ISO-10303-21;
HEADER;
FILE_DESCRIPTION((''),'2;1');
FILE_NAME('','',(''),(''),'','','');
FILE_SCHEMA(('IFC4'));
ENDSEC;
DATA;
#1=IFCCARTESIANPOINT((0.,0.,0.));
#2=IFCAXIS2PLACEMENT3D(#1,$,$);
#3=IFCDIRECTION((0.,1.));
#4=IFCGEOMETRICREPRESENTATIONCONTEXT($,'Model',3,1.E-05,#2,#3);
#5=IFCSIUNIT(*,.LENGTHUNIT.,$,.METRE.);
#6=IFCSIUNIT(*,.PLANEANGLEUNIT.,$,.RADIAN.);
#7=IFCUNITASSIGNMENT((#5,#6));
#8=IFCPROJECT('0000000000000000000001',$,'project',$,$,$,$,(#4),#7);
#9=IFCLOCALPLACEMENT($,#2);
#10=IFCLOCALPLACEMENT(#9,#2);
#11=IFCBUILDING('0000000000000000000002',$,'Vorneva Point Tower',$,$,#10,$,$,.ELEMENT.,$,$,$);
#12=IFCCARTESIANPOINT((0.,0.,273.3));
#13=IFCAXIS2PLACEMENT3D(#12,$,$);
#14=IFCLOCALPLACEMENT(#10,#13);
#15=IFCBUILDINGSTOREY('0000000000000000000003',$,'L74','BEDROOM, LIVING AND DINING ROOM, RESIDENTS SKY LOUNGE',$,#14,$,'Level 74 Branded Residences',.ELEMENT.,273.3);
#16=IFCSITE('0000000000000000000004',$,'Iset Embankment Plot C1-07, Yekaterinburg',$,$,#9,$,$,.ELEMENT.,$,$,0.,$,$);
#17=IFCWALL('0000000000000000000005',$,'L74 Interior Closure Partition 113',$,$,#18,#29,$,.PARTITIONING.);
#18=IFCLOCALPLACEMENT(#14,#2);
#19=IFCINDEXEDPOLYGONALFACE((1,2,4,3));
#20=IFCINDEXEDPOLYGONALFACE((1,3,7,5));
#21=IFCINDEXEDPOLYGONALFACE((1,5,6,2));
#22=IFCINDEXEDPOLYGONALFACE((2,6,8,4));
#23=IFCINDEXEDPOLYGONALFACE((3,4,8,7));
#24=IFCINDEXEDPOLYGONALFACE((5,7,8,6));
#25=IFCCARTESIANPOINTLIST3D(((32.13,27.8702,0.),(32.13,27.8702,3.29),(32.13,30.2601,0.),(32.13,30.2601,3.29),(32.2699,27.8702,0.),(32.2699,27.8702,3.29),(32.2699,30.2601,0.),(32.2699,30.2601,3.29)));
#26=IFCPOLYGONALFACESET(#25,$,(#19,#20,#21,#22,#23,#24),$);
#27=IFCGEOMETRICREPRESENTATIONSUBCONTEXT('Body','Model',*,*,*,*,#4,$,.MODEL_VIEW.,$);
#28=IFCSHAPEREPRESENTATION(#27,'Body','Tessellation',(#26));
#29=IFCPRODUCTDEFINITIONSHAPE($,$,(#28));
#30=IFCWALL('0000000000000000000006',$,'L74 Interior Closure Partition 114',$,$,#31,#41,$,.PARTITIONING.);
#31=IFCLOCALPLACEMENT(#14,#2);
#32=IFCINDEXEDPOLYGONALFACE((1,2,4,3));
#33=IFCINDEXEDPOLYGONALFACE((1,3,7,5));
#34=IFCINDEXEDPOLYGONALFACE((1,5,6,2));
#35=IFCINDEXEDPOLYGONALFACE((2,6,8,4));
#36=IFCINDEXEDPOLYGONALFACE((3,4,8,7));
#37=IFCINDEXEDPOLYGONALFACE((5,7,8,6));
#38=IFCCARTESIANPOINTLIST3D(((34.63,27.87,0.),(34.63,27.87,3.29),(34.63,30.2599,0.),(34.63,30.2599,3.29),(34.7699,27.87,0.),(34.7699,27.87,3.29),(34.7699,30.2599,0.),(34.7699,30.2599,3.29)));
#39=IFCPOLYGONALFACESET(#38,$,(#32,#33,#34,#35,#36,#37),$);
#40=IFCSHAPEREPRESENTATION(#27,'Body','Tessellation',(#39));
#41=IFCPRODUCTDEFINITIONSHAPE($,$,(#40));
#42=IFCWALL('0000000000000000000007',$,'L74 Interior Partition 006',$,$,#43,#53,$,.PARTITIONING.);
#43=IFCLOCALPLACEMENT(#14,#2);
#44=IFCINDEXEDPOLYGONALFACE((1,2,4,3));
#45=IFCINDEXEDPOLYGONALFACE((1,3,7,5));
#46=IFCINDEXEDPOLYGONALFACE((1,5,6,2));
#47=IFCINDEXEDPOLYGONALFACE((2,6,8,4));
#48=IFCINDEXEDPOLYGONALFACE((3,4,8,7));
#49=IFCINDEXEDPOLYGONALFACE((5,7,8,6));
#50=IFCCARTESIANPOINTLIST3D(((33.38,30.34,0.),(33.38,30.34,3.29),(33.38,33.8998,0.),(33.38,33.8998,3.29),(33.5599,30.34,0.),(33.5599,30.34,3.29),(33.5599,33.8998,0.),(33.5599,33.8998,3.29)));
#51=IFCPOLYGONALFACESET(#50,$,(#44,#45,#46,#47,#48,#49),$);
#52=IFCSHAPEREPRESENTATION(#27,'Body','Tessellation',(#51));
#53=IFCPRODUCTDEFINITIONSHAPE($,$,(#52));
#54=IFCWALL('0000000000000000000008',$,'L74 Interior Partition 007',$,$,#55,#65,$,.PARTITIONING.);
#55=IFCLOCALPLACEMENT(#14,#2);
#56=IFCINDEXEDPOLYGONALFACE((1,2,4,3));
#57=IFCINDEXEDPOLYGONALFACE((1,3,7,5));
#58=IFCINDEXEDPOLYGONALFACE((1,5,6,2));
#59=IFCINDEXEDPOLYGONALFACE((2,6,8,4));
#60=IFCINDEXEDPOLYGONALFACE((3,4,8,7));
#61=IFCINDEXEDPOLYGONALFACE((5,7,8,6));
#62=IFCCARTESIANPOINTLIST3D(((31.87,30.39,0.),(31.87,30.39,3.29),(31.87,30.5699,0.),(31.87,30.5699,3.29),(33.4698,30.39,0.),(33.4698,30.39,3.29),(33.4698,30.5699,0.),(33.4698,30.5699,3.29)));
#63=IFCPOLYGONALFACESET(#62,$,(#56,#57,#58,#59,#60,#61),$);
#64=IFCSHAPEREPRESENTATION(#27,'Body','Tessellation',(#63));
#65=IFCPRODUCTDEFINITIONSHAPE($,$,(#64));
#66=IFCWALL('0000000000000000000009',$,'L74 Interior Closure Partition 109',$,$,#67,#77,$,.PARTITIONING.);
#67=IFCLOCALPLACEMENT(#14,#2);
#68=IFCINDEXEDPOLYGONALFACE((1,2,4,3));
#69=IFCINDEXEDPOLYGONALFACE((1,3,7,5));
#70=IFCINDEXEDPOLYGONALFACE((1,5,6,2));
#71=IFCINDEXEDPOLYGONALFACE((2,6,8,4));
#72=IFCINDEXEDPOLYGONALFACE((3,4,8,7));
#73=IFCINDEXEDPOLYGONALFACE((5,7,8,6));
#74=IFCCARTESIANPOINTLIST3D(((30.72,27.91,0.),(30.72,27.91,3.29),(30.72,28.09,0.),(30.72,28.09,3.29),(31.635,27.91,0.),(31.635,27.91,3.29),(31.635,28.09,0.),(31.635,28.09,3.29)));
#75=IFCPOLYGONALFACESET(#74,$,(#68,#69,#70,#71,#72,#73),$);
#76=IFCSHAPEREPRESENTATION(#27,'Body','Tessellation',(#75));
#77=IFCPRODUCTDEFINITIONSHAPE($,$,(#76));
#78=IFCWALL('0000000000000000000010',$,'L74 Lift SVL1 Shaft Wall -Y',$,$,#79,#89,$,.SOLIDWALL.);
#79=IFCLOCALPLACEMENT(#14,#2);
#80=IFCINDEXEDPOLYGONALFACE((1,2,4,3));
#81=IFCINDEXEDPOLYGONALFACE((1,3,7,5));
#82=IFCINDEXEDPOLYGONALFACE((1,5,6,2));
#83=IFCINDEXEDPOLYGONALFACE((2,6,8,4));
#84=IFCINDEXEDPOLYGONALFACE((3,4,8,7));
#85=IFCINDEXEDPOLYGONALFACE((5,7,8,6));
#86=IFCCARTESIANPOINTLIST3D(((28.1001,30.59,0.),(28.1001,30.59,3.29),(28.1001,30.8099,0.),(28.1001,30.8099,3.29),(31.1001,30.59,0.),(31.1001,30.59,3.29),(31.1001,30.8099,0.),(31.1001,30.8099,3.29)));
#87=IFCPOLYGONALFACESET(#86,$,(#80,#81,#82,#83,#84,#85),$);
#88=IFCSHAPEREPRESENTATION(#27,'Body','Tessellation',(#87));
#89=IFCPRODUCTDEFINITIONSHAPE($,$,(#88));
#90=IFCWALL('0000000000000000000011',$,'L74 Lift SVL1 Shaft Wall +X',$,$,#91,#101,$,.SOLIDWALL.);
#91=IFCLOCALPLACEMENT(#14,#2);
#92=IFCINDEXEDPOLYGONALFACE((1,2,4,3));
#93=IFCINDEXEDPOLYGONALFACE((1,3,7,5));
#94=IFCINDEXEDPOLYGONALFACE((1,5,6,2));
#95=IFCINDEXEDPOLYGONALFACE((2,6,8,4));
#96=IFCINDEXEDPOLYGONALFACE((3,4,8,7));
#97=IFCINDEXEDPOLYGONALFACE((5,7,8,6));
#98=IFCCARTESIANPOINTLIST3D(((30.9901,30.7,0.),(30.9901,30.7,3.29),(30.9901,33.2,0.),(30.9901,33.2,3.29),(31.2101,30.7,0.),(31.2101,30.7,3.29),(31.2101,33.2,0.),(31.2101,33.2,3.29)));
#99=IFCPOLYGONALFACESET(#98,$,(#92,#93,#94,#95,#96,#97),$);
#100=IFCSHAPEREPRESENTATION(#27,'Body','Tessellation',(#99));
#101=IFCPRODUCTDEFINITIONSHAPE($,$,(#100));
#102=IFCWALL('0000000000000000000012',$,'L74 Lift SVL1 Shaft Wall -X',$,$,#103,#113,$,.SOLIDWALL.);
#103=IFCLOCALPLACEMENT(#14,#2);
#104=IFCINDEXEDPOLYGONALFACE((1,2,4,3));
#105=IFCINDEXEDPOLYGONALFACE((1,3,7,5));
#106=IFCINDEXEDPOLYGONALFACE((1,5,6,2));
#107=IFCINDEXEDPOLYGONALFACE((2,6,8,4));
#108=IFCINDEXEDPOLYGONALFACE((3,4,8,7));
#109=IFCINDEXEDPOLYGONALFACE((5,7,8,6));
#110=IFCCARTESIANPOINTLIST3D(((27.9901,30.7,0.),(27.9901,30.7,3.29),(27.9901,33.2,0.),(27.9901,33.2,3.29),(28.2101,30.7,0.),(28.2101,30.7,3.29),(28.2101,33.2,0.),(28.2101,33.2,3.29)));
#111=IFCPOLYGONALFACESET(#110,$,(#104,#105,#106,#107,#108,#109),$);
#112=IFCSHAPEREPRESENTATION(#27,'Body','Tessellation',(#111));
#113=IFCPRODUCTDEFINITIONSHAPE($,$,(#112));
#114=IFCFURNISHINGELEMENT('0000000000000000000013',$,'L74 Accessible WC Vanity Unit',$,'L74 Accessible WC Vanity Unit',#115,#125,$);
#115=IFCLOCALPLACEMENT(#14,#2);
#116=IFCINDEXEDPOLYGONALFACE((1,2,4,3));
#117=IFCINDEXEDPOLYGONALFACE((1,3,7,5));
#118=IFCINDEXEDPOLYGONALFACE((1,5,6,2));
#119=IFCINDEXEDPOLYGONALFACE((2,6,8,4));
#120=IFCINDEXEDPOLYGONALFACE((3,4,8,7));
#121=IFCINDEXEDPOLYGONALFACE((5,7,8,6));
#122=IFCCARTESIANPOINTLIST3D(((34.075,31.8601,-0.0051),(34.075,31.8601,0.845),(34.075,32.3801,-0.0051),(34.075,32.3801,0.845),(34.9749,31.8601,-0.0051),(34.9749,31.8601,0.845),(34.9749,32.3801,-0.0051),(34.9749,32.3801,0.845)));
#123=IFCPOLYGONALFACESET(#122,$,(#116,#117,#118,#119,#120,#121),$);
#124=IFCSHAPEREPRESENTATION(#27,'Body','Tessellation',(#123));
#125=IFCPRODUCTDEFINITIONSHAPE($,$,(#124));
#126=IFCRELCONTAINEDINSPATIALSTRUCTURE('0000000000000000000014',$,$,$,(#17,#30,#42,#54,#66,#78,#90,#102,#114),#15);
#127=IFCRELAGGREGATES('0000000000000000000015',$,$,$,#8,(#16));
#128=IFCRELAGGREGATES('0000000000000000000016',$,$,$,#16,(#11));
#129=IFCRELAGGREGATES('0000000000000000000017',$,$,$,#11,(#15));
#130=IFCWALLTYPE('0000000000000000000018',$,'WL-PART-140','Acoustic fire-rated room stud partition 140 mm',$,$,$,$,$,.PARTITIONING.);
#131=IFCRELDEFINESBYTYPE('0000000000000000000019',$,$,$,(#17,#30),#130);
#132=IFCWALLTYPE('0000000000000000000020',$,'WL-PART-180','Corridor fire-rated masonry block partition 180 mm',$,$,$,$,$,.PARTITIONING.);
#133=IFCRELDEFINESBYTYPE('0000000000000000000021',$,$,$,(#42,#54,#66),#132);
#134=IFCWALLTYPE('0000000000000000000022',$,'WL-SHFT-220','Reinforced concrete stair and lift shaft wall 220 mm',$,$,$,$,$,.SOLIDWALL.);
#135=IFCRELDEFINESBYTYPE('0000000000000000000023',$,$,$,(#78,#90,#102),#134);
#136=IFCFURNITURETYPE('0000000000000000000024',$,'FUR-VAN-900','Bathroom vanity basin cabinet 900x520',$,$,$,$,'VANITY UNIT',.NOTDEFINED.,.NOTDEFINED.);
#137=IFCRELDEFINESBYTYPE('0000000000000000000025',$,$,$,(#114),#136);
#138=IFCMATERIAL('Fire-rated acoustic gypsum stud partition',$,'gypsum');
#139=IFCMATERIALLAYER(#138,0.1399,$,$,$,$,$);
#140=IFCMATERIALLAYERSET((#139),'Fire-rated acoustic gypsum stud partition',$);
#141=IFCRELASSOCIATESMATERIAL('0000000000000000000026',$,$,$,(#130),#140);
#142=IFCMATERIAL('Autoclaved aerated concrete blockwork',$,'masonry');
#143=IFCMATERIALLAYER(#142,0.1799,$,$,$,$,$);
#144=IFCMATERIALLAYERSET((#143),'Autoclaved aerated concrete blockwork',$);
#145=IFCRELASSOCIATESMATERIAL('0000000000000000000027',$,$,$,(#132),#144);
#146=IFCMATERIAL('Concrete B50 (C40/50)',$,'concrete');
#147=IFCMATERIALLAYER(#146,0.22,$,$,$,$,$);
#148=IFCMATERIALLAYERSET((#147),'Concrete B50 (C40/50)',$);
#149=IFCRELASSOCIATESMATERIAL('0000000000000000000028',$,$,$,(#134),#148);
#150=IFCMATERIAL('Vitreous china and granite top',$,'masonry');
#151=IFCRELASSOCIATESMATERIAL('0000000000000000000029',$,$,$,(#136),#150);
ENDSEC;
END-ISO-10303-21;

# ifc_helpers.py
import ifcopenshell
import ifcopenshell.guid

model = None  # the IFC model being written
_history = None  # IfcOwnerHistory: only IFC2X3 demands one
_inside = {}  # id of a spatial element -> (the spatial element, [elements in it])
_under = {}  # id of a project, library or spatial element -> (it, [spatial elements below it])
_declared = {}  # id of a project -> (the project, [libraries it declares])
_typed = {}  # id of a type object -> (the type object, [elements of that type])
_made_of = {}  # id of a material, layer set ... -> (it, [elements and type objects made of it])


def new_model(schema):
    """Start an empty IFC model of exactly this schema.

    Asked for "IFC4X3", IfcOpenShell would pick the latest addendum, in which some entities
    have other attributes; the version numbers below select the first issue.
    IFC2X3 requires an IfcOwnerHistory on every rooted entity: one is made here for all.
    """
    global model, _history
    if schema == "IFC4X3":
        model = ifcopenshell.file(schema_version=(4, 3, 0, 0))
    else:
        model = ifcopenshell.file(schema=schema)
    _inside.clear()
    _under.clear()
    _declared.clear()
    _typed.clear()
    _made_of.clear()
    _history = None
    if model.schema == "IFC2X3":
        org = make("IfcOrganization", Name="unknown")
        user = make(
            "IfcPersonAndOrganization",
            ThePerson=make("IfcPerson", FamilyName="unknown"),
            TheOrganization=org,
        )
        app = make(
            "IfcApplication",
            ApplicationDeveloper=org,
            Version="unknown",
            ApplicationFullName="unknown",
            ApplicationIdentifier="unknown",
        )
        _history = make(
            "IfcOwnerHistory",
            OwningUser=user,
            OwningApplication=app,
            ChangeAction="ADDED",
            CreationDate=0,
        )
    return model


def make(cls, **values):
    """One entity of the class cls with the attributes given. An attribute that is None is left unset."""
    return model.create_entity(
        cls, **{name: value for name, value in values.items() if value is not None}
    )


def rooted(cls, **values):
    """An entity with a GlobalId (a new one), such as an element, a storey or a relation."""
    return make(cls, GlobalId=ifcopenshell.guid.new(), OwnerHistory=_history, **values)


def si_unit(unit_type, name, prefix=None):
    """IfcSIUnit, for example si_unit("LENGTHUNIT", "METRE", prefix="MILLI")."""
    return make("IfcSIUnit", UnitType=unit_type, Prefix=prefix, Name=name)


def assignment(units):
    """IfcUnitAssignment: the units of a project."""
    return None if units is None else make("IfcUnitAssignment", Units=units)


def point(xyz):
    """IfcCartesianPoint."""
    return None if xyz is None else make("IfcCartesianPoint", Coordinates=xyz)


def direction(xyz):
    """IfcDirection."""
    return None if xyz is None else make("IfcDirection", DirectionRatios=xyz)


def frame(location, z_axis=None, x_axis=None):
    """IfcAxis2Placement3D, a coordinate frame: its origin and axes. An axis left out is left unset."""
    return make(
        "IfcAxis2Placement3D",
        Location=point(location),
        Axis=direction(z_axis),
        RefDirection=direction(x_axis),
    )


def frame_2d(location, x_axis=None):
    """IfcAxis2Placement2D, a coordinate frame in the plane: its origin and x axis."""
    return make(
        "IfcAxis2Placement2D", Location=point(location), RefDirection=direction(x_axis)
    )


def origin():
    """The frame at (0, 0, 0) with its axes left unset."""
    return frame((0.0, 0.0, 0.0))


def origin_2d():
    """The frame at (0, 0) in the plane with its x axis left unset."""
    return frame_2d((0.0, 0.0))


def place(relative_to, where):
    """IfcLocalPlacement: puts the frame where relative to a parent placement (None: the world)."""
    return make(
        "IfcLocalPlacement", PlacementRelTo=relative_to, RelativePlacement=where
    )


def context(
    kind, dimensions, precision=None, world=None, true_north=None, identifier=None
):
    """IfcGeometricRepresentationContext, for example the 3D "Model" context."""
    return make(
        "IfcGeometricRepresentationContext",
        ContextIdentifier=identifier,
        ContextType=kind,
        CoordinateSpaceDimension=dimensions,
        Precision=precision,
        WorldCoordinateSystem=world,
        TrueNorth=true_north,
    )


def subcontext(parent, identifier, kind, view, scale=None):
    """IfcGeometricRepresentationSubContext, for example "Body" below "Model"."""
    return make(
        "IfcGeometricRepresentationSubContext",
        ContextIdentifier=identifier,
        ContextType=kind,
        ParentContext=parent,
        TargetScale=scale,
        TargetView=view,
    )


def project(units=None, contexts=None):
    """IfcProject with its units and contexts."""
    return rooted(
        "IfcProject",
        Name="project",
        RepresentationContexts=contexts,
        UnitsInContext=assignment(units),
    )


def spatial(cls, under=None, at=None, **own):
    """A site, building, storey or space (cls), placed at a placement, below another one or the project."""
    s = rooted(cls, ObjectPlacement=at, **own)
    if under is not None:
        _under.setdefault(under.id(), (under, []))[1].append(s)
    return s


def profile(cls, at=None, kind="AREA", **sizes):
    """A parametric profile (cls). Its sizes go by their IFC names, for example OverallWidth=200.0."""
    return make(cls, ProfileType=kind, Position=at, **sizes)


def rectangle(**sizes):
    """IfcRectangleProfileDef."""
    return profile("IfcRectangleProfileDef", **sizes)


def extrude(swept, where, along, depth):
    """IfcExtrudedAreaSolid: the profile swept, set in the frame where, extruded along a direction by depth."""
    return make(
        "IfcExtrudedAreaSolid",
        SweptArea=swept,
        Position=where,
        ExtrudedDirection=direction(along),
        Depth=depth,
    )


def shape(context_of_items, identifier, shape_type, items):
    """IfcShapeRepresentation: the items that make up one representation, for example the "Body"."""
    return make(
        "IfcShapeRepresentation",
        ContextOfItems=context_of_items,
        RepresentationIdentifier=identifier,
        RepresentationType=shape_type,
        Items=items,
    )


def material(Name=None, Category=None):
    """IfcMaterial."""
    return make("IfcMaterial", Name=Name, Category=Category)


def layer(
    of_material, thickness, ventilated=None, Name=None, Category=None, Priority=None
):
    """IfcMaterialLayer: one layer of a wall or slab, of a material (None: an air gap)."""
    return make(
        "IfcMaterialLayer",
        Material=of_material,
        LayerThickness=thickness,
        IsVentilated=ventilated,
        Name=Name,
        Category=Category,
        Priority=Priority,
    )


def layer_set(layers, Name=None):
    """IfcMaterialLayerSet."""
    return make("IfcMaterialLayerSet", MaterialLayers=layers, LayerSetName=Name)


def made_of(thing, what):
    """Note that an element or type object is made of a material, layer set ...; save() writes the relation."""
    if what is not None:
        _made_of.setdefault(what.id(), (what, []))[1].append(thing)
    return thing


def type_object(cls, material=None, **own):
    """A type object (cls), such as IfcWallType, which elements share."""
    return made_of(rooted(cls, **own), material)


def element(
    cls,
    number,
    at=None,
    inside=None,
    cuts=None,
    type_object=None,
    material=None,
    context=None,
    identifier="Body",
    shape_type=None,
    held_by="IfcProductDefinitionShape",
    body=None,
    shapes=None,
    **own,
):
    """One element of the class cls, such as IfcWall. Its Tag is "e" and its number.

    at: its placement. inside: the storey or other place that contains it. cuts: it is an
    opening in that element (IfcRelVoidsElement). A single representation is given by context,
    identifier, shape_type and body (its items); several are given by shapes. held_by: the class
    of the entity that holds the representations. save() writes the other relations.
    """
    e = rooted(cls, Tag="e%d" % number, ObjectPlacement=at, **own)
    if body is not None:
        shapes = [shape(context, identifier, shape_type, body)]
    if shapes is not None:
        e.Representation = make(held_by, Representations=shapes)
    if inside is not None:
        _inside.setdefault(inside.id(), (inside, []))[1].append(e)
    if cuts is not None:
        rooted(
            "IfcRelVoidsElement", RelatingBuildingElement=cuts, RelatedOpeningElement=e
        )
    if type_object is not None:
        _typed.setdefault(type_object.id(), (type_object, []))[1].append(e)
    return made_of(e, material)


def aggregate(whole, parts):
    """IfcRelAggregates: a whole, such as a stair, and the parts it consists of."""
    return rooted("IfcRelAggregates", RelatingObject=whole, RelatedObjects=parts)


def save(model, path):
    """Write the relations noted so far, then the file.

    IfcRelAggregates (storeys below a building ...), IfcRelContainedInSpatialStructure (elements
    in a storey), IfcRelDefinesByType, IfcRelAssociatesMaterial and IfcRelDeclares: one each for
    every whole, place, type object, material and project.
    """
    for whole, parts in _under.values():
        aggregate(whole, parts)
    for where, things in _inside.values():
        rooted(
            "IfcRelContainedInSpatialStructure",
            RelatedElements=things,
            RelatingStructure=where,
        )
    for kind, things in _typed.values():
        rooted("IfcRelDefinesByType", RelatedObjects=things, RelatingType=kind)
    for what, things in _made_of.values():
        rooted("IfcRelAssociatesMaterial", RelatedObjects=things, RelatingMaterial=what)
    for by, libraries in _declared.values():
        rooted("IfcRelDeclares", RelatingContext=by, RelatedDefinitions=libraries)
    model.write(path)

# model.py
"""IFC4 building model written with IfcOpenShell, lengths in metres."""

from ifc_helpers import new_model, si_unit, direction, frame, frame_2d, origin, origin_2d, place, context, subcontext, project, spatial, rectangle, extrude, material, layer, layer_set, type_object, element, save


model = new_model("IFC4")

# Units and contexts
model_context = context("Model", 3, precision=1e-05, world=origin(), true_north=direction((0.0, 1.0)))
body_context = subcontext(model_context, "Body", "Model", "MODEL_VIEW")
ifc_project = project(units=[si_unit("LENGTHUNIT", "METRE"), si_unit("PLANEANGLEUNIT", "RADIAN")], contexts=[model_context])

# Site, building, storey
site_placement = place(None, origin())
site = spatial("IfcSite", under=ifc_project, at=site_placement, Name="Iset Embankment Plot C1-07, Yekaterinburg", CompositionType="ELEMENT", RefElevation=0.0)
building_placement = place(site_placement, origin())
building = spatial("IfcBuilding", under=site, at=building_placement, Name="Vorneva Point Tower", CompositionType="ELEMENT")
storey_placement = place(building_placement, frame((0.0, 0.0, 273.3)))
storey = spatial("IfcBuildingStorey", under=building, at=storey_placement, Name="L74", Description="BEDROOM, LIVING AND DINING ROOM, RESIDENTS SKY LOUNGE", LongName="Level 74 Branded Residences", CompositionType="ELEMENT", Elevation=273.3)

# Shared definitions
ifc_material_1 = material(Name="Concrete B50 (C40/50)", Category="concrete")

# Walls
ifc_material_2 = material(Name="Fire-rated acoustic gypsum stud partition", Category="gypsum")
ifc_layer_1 = layer(ifc_material_2, 0.1399)
ifc_layer_set_1 = layer_set([ifc_layer_1], Name="Fire-rated acoustic gypsum stud partition")
wall_type_1 = type_object("IfcWallType", Name="WL-PART-140", Description="Acoustic fire-rated room stud partition 140 mm", PredefinedType="PARTITIONING", material=ifc_layer_set_1)
for number, where, z_axis, x_axis, name in (
    (1, (32.2, 30.26, 0.0), (0.0, 0.0, 1.0), (0.0, -1.0, 0.0), "L74 Interior Closure Partition 113"),
    (2, (34.7, 27.8701, 0.0), (0.0, 0.0, 1.0), (0.0, 1.0, 0.0), "L74 Interior Closure Partition 114"),
):
    element("IfcWall", number, at=place(storey_placement, frame(where, z_axis=z_axis, x_axis=x_axis)), inside=storey, type_object=wall_type_1, Name=name, PredefinedType="PARTITIONING", context=body_context, shape_type="SweptSolid", body=[
        extrude(rectangle(XDim=2.3899, YDim=0.1399, at=frame_2d((1.1948, 0.0))), origin(), (0.0, 0.0, 1.0), 3.29),
    ])

# Shared definitions
ifc_material_3 = material(Name="Autoclaved aerated concrete blockwork", Category="masonry")
ifc_layer_2 = layer(ifc_material_3, 0.1799)
ifc_layer_set_2 = layer_set([ifc_layer_2], Name="Autoclaved aerated concrete blockwork")
wall_type_2 = type_object("IfcWallType", Name="WL-PART-180", Description="Corridor fire-rated masonry block partition 180 mm", PredefinedType="PARTITIONING", material=ifc_layer_set_2)

# Walls
wall_1_placement = place(storey_placement, frame((33.47, 30.3401, 0.0), z_axis=(0.0, 0.0, 1.0), x_axis=(0.0, 1.0, 0.0)))
element("IfcWall", 3, at=wall_1_placement, inside=storey, type_object=wall_type_2, Name="L74 Interior Partition 006", PredefinedType="PARTITIONING", context=body_context, shape_type="SweptSolid", body=[
    extrude(rectangle(XDim=3.5598, YDim=0.1799, at=frame_2d((1.7798, 0.0))), origin(), (0.0, 0.0, 1.0), 3.29),
])
wall_2_placement = place(storey_placement, frame((31.8701, 30.48, 0.0), z_axis=(0.0, 0.0, 1.0), x_axis=(1.0, 0.0, 0.0)))
element("IfcWall", 4, at=wall_2_placement, inside=storey, type_object=wall_type_2, Name="L74 Interior Partition 007", PredefinedType="PARTITIONING", context=body_context, shape_type="SweptSolid", body=[
    extrude(rectangle(XDim=1.5999, YDim=0.1799, at=frame_2d((0.7998, 0.0))), origin(), (0.0, 0.0, 1.0), 3.29),
])

# Walls
wall_3_placement = place(storey_placement, frame((31.635, 28.0, 0.0), z_axis=(0.0, 0.0, 1.0), x_axis=(-1.0, 0.0, 0.0)))
element("IfcWall", 5, at=wall_3_placement, inside=storey, type_object=wall_type_2, Name="L74 Interior Closure Partition 109", PredefinedType="PARTITIONING", context=body_context, shape_type="SweptSolid", body=[
    extrude(rectangle(XDim=0.915, YDim=0.1799, at=frame_2d((0.4575, 0.0))), origin(), (0.0, 0.0, 1.0), 3.29),
])
ifc_layer_3 = layer(ifc_material_1, 0.22)
ifc_layer_set_3 = layer_set([ifc_layer_3], Name="Concrete B50 (C40/50)")
wall_type_3 = type_object("IfcWallType", Name="WL-SHFT-220", Description="Reinforced concrete stair and lift shaft wall 220 mm", PredefinedType="SOLIDWALL", material=ifc_layer_set_3)
wall_4_placement = place(storey_placement, frame((28.1001, 30.7, 0.0), z_axis=(0.0, 0.0, 1.0), x_axis=(1.0, 0.0, 0.0)))
element("IfcWall", 6, at=wall_4_placement, inside=storey, type_object=wall_type_3, Name="L74 Lift SVL1 Shaft Wall -Y", PredefinedType="SOLIDWALL", context=body_context, shape_type="SweptSolid", body=[
    extrude(rectangle(XDim=3.0, YDim=0.22, at=frame_2d((1.5, 0.0))), origin(), (0.0, 0.0, 1.0), 3.29),
])
for number, where, z_axis, x_axis, name in (
    (7, (31.1001, 30.7, 0.0), (0.0, 0.0, 1.0), (0.0, 1.0, 0.0), "L74 Lift SVL1 Shaft Wall +X"),
    (8, (28.1001, 33.2, 0.0), (0.0, 0.0, 1.0), (0.0, -1.0, 0.0), "L74 Lift SVL1 Shaft Wall -X"),
):
    element("IfcWall", number, at=place(storey_placement, frame(where, z_axis=z_axis, x_axis=x_axis)), inside=storey, type_object=wall_type_3, Name=name, PredefinedType="SOLIDWALL", context=body_context, shape_type="SweptSolid", body=[
        extrude(rectangle(XDim=2.5, YDim=0.22, at=frame_2d((1.25, 0.0))), origin(), (0.0, 0.0, 1.0), 3.29),
    ])

# Furnishing element
ifc_material_4 = material(Name="Vitreous china and granite top", Category="masonry")
furniture_type = type_object("IfcFurnitureType", Name="FUR-VAN-900", Description="Bathroom vanity basin cabinet 900x520", ElementType="VANITY UNIT", AssemblyPlace="NOTDEFINED", PredefinedType="NOTDEFINED", material=ifc_material_4)
furnishing_placement = place(storey_placement, frame((34.5249, 32.1201, -0.0051), z_axis=(0.0, 0.0, 1.0), x_axis=(1.0, 0.0, 0.0)))
element("IfcFurnishingElement", 9, at=furnishing_placement, inside=storey, type_object=furniture_type, Name="L74 Accessible WC Vanity Unit", ObjectType="L74 Accessible WC Vanity Unit", context=body_context, shape_type="SweptSolid", body=[
    extrude(rectangle(XDim=0.8999, YDim=0.52, at=origin_2d()), origin(), (0.0, 0.0, 1.0), 0.8501),
])

save(model, "model.ifc")
